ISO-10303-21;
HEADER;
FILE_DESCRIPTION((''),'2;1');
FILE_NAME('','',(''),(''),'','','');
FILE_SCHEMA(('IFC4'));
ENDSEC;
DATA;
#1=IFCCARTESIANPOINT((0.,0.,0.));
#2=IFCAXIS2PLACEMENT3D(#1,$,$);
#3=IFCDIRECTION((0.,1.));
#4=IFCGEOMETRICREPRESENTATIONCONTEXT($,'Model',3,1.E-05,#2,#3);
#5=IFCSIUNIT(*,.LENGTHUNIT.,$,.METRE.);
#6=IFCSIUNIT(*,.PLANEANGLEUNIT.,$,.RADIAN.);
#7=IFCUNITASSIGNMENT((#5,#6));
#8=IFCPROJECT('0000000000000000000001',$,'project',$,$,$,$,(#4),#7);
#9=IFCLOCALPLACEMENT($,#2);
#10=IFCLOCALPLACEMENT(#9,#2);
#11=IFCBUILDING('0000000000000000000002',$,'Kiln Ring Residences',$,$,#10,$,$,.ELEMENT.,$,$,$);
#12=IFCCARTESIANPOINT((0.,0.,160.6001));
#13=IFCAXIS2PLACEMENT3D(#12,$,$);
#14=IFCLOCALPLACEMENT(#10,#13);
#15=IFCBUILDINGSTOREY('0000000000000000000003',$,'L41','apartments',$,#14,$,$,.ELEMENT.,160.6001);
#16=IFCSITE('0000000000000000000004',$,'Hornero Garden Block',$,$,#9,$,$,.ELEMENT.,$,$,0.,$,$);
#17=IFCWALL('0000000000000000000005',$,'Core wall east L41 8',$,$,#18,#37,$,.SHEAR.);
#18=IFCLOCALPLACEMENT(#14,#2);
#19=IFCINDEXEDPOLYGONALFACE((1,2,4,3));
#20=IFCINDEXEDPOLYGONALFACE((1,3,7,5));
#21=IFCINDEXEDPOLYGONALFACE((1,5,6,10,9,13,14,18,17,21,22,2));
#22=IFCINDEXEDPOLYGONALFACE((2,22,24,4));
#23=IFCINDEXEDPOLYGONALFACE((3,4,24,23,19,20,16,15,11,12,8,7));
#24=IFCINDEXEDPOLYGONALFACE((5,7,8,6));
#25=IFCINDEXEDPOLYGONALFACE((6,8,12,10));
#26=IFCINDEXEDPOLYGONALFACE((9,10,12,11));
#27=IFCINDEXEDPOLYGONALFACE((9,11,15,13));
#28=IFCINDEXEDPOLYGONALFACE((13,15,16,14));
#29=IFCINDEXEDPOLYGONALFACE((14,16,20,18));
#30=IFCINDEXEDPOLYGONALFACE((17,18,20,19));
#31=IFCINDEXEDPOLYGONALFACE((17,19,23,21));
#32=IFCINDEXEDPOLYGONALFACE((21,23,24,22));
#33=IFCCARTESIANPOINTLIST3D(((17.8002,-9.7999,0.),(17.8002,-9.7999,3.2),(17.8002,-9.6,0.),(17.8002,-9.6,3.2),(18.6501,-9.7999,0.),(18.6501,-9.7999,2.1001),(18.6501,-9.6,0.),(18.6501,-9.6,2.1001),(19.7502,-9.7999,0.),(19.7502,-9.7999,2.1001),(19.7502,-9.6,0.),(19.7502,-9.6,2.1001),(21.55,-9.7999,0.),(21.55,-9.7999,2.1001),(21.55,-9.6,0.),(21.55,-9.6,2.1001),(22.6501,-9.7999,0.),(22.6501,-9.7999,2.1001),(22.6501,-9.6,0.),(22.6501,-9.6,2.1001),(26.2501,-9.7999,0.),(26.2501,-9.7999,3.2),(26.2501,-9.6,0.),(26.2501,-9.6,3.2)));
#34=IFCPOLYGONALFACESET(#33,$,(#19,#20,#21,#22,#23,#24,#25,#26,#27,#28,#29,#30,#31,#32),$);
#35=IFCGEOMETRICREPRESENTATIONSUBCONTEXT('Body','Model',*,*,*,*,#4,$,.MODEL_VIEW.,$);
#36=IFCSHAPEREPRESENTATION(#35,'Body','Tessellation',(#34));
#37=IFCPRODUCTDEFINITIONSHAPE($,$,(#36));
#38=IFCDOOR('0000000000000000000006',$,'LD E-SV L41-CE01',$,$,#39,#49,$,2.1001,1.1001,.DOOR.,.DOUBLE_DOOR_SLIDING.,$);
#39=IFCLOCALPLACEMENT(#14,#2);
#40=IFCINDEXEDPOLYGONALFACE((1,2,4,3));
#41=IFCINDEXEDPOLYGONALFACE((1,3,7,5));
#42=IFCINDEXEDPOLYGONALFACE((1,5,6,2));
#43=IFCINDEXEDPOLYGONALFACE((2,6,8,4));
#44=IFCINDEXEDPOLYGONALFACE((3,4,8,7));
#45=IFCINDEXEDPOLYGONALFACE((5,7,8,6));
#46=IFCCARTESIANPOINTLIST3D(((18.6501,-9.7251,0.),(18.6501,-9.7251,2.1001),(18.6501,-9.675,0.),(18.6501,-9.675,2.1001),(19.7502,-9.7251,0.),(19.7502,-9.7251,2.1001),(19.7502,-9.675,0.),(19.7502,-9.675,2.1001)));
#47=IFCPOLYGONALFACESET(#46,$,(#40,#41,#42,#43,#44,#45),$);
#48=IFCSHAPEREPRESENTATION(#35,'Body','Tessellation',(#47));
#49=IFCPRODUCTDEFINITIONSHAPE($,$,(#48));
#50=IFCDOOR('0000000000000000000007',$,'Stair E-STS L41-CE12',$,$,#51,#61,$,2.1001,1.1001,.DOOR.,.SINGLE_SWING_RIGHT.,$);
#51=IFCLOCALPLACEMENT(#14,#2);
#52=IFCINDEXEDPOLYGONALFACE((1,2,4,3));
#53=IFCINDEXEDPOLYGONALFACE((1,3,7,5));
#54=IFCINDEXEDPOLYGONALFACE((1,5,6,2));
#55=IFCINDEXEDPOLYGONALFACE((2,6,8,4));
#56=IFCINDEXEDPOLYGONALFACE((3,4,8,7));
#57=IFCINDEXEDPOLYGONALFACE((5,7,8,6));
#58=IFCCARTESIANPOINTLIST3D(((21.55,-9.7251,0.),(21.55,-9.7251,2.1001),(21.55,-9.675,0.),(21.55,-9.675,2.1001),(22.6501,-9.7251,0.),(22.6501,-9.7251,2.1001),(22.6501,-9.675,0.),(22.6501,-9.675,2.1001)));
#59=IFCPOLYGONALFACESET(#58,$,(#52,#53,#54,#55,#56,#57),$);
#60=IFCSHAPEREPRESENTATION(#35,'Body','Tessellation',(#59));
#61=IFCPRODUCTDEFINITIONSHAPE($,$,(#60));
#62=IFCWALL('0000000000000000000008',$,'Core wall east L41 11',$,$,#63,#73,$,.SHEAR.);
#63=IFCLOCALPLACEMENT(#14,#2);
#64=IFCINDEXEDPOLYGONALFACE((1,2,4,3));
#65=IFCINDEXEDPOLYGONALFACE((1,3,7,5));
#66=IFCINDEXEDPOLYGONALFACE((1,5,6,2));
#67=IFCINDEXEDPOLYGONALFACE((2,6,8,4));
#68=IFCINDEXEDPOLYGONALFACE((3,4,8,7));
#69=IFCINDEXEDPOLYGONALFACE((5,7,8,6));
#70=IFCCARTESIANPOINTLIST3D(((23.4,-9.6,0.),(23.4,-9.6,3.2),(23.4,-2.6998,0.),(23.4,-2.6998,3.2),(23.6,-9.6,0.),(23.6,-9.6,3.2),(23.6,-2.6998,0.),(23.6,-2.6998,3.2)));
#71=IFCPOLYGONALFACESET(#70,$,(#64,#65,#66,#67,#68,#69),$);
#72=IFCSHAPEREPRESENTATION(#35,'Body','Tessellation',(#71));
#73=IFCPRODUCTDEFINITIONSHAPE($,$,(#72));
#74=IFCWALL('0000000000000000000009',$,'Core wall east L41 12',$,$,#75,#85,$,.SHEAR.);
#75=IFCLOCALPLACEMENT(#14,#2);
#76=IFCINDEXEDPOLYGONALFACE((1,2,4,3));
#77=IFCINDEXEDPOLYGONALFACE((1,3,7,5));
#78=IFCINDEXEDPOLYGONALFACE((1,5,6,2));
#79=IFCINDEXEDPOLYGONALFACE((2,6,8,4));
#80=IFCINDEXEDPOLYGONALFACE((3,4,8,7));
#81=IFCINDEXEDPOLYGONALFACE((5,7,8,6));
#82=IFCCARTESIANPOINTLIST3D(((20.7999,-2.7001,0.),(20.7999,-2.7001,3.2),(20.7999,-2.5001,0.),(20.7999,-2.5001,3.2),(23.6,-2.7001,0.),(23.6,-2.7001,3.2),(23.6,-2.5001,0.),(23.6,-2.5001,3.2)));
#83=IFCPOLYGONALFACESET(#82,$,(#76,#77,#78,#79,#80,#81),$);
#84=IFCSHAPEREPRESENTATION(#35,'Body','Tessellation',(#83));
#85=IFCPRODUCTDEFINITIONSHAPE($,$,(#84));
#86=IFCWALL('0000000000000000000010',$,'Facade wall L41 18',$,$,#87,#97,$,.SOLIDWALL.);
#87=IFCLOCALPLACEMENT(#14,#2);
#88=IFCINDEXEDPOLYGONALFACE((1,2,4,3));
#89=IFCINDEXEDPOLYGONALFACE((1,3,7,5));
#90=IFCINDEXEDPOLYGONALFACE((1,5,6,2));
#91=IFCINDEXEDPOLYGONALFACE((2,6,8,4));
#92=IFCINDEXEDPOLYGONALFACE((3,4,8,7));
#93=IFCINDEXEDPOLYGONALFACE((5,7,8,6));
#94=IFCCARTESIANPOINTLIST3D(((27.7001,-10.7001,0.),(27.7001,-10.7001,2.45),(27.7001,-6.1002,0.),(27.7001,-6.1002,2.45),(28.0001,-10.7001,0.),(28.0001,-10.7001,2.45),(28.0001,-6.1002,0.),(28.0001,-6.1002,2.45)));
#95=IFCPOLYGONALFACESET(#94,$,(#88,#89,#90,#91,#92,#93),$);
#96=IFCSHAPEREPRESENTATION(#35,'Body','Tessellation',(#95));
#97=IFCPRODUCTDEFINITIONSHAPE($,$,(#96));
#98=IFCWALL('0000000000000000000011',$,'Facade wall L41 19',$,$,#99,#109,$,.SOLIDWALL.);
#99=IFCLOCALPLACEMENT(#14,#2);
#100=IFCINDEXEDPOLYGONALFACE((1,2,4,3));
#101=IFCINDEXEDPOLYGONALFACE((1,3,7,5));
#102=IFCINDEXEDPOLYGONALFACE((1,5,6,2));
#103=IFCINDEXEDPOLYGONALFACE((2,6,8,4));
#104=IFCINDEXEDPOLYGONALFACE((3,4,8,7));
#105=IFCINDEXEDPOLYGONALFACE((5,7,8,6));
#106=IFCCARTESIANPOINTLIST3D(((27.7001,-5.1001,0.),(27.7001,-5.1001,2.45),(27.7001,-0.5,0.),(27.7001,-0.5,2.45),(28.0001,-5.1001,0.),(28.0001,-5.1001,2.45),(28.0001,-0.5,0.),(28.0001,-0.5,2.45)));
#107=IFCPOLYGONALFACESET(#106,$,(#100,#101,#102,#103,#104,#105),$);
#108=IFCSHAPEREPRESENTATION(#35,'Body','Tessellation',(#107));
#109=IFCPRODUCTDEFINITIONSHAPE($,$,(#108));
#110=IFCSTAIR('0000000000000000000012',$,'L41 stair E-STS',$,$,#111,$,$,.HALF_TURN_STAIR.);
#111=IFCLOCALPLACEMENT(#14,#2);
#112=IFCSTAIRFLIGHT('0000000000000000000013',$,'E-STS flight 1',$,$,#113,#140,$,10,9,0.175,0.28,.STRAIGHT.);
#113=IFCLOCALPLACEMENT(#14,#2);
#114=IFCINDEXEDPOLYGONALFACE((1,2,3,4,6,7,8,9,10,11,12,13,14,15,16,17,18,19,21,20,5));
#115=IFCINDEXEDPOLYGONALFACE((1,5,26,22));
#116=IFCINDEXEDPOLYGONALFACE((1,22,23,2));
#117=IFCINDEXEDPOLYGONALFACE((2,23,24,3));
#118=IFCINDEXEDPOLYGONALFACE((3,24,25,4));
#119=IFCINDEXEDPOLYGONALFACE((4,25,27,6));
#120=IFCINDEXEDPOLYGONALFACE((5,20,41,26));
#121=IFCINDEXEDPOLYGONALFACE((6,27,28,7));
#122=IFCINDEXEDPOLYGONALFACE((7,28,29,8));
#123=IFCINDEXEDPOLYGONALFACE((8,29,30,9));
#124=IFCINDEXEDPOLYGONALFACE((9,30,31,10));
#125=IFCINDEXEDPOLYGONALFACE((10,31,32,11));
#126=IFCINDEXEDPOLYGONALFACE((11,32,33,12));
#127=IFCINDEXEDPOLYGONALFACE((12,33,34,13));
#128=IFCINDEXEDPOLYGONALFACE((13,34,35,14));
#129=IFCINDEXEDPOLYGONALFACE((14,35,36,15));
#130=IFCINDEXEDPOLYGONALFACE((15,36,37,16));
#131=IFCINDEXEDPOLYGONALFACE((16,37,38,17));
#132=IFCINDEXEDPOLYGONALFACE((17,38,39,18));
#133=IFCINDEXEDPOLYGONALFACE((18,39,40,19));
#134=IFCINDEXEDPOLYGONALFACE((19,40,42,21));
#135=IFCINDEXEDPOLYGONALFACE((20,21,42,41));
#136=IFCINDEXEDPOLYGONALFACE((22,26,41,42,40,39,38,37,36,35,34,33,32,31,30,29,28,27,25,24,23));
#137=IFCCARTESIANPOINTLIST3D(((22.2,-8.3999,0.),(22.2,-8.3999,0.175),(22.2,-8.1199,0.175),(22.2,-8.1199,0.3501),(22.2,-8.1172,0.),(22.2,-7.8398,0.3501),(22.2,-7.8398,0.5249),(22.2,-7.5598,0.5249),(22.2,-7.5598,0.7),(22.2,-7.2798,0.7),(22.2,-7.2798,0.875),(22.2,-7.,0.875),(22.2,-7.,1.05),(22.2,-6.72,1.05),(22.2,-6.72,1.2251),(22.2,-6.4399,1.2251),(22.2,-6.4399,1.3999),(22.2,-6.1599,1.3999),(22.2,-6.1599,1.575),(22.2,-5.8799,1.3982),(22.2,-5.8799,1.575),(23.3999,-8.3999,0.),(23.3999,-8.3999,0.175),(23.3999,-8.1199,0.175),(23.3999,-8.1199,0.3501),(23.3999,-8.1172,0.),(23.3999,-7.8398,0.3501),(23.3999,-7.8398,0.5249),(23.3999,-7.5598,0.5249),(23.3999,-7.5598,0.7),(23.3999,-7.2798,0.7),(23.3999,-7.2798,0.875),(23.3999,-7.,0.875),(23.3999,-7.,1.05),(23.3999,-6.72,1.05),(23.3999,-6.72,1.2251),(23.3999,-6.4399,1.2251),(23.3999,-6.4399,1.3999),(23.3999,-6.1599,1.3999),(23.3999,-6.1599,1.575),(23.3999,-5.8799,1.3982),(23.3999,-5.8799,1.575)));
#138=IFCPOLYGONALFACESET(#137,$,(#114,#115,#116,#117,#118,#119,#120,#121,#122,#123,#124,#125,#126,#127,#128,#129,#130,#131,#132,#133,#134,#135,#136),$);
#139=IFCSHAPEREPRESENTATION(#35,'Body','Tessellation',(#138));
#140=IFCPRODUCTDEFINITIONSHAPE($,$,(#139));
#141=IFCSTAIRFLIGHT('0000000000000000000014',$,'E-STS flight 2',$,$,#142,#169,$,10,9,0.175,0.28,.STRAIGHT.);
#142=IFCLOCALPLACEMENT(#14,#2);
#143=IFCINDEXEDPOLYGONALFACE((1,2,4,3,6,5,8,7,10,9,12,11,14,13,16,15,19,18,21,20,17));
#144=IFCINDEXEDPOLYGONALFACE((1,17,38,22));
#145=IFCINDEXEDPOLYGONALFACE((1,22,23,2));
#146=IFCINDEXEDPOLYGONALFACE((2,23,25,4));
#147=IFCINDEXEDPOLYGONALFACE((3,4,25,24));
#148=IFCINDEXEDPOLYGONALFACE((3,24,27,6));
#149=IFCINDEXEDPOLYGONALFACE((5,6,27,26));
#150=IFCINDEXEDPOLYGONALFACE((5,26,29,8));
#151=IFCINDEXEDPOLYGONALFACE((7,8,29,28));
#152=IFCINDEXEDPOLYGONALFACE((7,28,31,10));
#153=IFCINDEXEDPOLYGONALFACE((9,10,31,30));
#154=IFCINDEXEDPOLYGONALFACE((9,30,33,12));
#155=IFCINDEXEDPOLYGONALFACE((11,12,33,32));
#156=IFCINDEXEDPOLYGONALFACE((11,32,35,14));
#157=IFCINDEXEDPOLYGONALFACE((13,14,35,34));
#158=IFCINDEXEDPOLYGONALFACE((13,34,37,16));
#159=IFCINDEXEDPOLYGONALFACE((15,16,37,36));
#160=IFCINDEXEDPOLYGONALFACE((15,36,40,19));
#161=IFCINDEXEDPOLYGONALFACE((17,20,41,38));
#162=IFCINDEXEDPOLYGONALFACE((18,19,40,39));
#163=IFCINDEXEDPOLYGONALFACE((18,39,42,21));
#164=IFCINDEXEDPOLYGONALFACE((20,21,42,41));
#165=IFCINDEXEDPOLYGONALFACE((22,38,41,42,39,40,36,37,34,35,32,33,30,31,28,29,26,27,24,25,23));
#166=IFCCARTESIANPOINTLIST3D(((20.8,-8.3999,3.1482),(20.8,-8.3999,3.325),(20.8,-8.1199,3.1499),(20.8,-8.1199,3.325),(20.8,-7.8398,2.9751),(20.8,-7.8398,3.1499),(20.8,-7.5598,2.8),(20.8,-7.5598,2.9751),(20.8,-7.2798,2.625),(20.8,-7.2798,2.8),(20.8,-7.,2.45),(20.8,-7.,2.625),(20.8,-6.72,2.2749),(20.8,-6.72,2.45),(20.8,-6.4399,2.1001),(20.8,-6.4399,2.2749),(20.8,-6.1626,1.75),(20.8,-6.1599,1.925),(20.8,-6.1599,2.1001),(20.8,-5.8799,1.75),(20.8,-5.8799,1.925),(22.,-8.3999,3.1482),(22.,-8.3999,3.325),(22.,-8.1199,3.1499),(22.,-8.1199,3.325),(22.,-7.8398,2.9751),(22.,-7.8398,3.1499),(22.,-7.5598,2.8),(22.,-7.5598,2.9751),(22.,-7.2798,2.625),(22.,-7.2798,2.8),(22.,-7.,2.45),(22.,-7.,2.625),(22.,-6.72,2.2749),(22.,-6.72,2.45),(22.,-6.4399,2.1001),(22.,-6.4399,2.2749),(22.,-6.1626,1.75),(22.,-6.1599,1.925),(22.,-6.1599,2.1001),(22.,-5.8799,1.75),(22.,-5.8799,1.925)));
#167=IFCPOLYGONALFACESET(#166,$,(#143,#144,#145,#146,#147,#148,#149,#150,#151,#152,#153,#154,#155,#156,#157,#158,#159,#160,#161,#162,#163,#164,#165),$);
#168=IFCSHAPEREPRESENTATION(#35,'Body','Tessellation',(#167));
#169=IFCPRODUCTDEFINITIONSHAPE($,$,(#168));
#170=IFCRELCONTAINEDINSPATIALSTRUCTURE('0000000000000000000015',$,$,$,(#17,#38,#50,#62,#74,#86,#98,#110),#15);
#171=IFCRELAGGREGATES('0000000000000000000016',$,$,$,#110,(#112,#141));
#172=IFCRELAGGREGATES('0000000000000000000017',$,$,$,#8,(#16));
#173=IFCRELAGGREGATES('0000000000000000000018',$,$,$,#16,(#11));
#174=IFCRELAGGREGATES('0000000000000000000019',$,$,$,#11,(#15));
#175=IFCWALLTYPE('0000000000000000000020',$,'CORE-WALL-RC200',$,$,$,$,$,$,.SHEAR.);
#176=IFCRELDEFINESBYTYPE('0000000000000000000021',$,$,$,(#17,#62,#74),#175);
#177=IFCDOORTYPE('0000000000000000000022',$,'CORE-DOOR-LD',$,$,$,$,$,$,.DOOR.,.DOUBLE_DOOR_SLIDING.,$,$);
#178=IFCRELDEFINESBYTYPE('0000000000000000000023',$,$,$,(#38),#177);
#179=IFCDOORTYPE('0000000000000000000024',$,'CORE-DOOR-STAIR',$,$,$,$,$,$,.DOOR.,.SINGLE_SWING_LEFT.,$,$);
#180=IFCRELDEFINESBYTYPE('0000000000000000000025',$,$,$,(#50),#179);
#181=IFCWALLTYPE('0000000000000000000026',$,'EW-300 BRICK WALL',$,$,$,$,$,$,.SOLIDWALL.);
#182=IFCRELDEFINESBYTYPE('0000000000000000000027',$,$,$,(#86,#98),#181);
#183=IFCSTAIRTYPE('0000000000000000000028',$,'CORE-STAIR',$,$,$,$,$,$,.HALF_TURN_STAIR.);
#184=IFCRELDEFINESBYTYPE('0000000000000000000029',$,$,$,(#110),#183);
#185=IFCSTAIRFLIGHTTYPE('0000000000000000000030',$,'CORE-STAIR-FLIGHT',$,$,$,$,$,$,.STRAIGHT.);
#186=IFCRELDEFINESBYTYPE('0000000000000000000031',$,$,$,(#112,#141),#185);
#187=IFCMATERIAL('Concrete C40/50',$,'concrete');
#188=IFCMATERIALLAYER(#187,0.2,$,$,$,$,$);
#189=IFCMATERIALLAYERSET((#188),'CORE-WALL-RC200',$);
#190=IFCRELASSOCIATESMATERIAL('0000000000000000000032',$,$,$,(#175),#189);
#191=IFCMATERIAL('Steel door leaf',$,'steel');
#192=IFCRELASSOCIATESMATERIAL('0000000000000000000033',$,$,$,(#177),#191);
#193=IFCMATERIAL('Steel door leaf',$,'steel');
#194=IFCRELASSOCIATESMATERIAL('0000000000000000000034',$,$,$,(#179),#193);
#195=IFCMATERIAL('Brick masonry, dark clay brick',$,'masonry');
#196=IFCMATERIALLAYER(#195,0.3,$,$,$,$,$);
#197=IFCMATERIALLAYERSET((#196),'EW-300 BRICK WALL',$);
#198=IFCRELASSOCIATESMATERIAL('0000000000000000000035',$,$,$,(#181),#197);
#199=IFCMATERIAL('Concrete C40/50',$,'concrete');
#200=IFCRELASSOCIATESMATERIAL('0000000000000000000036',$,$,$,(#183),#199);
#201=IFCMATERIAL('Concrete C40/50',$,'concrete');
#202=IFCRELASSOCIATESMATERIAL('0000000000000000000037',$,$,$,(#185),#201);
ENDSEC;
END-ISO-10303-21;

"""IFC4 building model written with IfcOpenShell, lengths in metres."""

from ifc_helpers import new_model, si_unit, direction, frame, frame_2d, origin, place, context, subcontext, project, spatial, polyline, rectangle, outline, extrude, material, layer, layer_set, type_object, element, fill, aggregate, save


model = new_model("IFC4")

# Units and contexts
model_context = context("Model", 3, precision=1e-05, world=origin(), true_north=direction((0.0, 1.0)))
body_context = subcontext(model_context, "Body", "Model", "MODEL_VIEW")
ifc_project = project(units=[si_unit("LENGTHUNIT", "METRE"), si_unit("PLANEANGLEUNIT", "RADIAN")], contexts=[model_context])

# Site, building, storey
site_placement = place(None, origin())
site = spatial("IfcSite", under=ifc_project, at=site_placement, Name="Hornero Garden Block", CompositionType="ELEMENT", RefElevation=0.0)
building_placement = place(site_placement, origin())
building = spatial("IfcBuilding", under=site, at=building_placement, Name="Kiln Ring Residences", CompositionType="ELEMENT")
storey_placement = place(building_placement, frame((0.0, 0.0, 160.6001)))
storey = spatial("IfcBuildingStorey", under=building, at=storey_placement, Name="L41", Description="apartments", CompositionType="ELEMENT", Elevation=160.6001)

# Shared definitions
ifc_material_1 = material(Name="Concrete C40/50", Category="concrete")
ifc_layer_1 = layer(ifc_material_1, 0.2)
ifc_layer_set_1 = layer_set([ifc_layer_1], Name="CORE-WALL-RC200")
wall_type_1 = type_object("IfcWallType", Name="CORE-WALL-RC200", PredefinedType="SHEAR", material=ifc_layer_set_1)

# Wall, openings, doors
wall_1_placement = place(storey_placement, frame((17.8, -9.7, 0.0), z_axis=(0.0, 0.0, 1.0), x_axis=(1.0, 0.0, 0.0)))
wall_1 = element("IfcWall", 1, at=wall_1_placement, inside=storey, type_object=wall_type_1, Name="Core wall east L41 8", PredefinedType="SHEAR", context=body_context, shape_type="SweptSolid", body=[
    extrude(rectangle(XDim=8.45, YDim=0.2, at=frame_2d((4.2251, 0.0))), origin(), (0.0, 0.0, 1.0), 3.2),
])
opening_1_placement = place(wall_1_placement, frame((0.8501, 0.0, 0.0)))
opening_1 = element("IfcOpeningElement", 2, at=opening_1_placement, cuts=wall_1, PredefinedType="OPENING", context=body_context, shape_type="SweptSolid", body=[
    extrude(rectangle(XDim=1.1001, YDim=2.1001, at=frame_2d((0.55, 1.05))), frame((0.0, 0.1099, 0.0), z_axis=(0.0, -1.0, 0.0), x_axis=(1.0, 0.0, 0.0)), (0.0, 0.0, 1.0), 0.22),
])
opening_2_placement = place(wall_1_placement, frame((3.75, 0.0, 0.0)))
opening_2 = element("IfcOpeningElement", 3, at=opening_2_placement, cuts=wall_1, PredefinedType="OPENING", context=body_context, shape_type="SweptSolid", body=[
    extrude(rectangle(XDim=1.1001, YDim=2.1001, at=frame_2d((0.55, 1.05))), frame((0.0, 0.1099, 0.0), z_axis=(0.0, -1.0, 0.0), x_axis=(1.0, 0.0, 0.0)), (0.0, 0.0, 1.0), 0.22),
])
ifc_material_2 = material(Name="Steel door leaf", Category="steel")
door_type_1 = type_object("IfcDoorType", Name="CORE-DOOR-LD", OperationType="DOUBLE_DOOR_SLIDING", PredefinedType="DOOR", material=ifc_material_2)
door_1_placement = place(opening_1_placement, origin())
door_1 = element("IfcDoor", 4, at=door_1_placement, inside=storey, type_object=door_type_1, Name="LD E-SV L41-CE01", OperationType="DOUBLE_DOOR_SLIDING", OverallHeight=2.1001, OverallWidth=1.1001, PredefinedType="DOOR", context=body_context, shape_type="SweptSolid", body=[
    extrude(rectangle(XDim=1.1001, YDim=2.1001, at=frame_2d((0.55, 1.05))), frame((0.0, 0.0249, 0.0), z_axis=(0.0, -1.0, 0.0), x_axis=(1.0, 0.0, 0.0)), (0.0, 0.0, 1.0), 0.05),
])
fill(opening_1, door_1)
ifc_material_3 = material(Name="Steel door leaf", Category="steel")
door_type_2 = type_object("IfcDoorType", Name="CORE-DOOR-STAIR", OperationType="SINGLE_SWING_LEFT", PredefinedType="DOOR", material=ifc_material_3)
door_2_placement = place(opening_2_placement, origin())
door_2 = element("IfcDoor", 5, at=door_2_placement, inside=storey, type_object=door_type_2, Name="Stair E-STS L41-CE12", OperationType="SINGLE_SWING_RIGHT", OverallHeight=2.1001, OverallWidth=1.1001, PredefinedType="DOOR", context=body_context, shape_type="SweptSolid", body=[
    extrude(rectangle(XDim=1.1001, YDim=2.1001, at=frame_2d((0.55, 1.05))), frame((0.0, 0.0249, 0.0), z_axis=(0.0, -1.0, 0.0), x_axis=(1.0, 0.0, 0.0)), (0.0, 0.0, 1.0), 0.05),
])
fill(opening_2, door_2)

# Walls
wall_2_placement = place(storey_placement, frame((23.5, -9.6001, 0.0), z_axis=(0.0, 0.0, 1.0), x_axis=(0.0, 1.0, 0.0)))
element("IfcWall", 6, at=wall_2_placement, inside=storey, type_object=wall_type_1, Name="Core wall east L41 11", PredefinedType="SHEAR", context=body_context, shape_type="SweptSolid", body=[
    extrude(rectangle(XDim=6.9001, YDim=0.2, at=frame_2d((3.4502, 0.0))), origin(), (0.0, 0.0, 1.0), 3.2),
])
wall_3_placement = place(storey_placement, frame((20.8, -2.6001, 0.0), z_axis=(0.0, 0.0, 1.0), x_axis=(1.0, 0.0, 0.0)))
element("IfcWall", 7, at=wall_3_placement, inside=storey, type_object=wall_type_1, Name="Core wall east L41 12", PredefinedType="SHEAR", context=body_context, shape_type="SweptSolid", body=[
    extrude(rectangle(XDim=2.8, YDim=0.2, at=frame_2d((1.3999, 0.0))), origin(), (0.0, 0.0, 1.0), 3.2),
])
ifc_material_4 = material(Name="Brick masonry, dark clay brick", Category="masonry")
ifc_layer_2 = layer(ifc_material_4, 0.3)
ifc_layer_set_2 = layer_set([ifc_layer_2], Name="EW-300 BRICK WALL")
wall_type_2 = type_object("IfcWallType", Name="EW-300 BRICK WALL", PredefinedType="SOLIDWALL", material=ifc_layer_set_2)
wall_4_placement = place(storey_placement, frame((27.8501, -10.7, 0.0), z_axis=(0.0, 0.0, 1.0), x_axis=(0.0, 1.0, 0.0)))
element("IfcWall", 8, at=wall_4_placement, inside=storey, type_object=wall_type_2, Name="Facade wall L41 18", PredefinedType="SOLIDWALL", context=body_context, shape_type="SweptSolid", body=[
    extrude(rectangle(XDim=4.5999, YDim=0.3, at=frame_2d((2.2998, 0.0))), origin(), (0.0, 0.0, 1.0), 2.45),
])
wall_5_placement = place(storey_placement, frame((27.8501, -5.1001, 0.0), z_axis=(0.0, 0.0, 1.0), x_axis=(0.0, 1.0, 0.0)))
element("IfcWall", 9, at=wall_5_placement, inside=storey, type_object=wall_type_2, Name="Facade wall L41 19", PredefinedType="SOLIDWALL", context=body_context, shape_type="SweptSolid", body=[
    extrude(rectangle(XDim=4.6001, YDim=0.3, at=frame_2d((2.3, 0.0))), origin(), (0.0, 0.0, 1.0), 2.45),
])

# Stair, stair flights
ifc_material_5 = material(Name="Concrete C40/50", Category="concrete")
stair_type = type_object("IfcStairType", Name="CORE-STAIR", PredefinedType="HALF_TURN_STAIR", material=ifc_material_5)
stair_placement = place(storey_placement, origin())
stair = element("IfcStair", 10, at=stair_placement, inside=storey, type_object=stair_type, Name="L41 stair E-STS", PredefinedType="HALF_TURN_STAIR")
ifc_material_6 = material(Name="Concrete C40/50", Category="concrete")
stair_flight_type = type_object("IfcStairFlightType", Name="CORE-STAIR-FLIGHT", PredefinedType="STRAIGHT", material=ifc_material_6)
stair_flight_1_placement = place(storey_placement, frame((22.8, -8.3999, 0.0), z_axis=(0.0, 0.0, 1.0), x_axis=(0.0, 1.0, 0.0)))
stair_flight_1 = element("IfcStairFlight", 11, at=stair_flight_1_placement, type_object=stair_flight_type, Name="E-STS flight 1", NumberOfRisers=10, NumberOfTreads=9, PredefinedType="STRAIGHT", RiserHeight=0.175, TreadLength=0.28, context=body_context, shape_type="SweptSolid", body=[
    extrude(outline(polyline([(0.0, 0.0), (0.0, 0.175), (0.28, 0.175), (0.28, 0.3501), (0.5601, 0.3501), (0.5601, 0.5249), (0.8401, 0.5249), (0.8401, 0.7), (1.1201, 0.7), (1.1201, 0.875), (1.3999, 0.875), (1.3999, 1.05), (1.6799, 1.05), (1.6799, 1.2251), (1.96, 1.2251), (1.96, 1.3999), (2.24, 1.3999), (2.24, 1.575), (2.52, 1.575), (2.52, 1.75), (2.52, 1.3982), (0.2827, 0.0), (0.0, 0.0)])), frame((0.0, 0.6001, 0.0), z_axis=(0.0, -1.0, 0.0), x_axis=(1.0, 0.0, 0.0)), (0.0, 0.0, 1.0), 1.2),
])
stair_flight_2_placement = place(storey_placement, frame((21.3999, -5.8799, 1.75), z_axis=(0.0, 0.0, 1.0), x_axis=(0.0, -1.0, 0.0)))
stair_flight_2 = element("IfcStairFlight", 12, at=stair_flight_2_placement, type_object=stair_flight_type, Name="E-STS flight 2", NumberOfRisers=10, NumberOfTreads=9, PredefinedType="STRAIGHT", RiserHeight=0.175, TreadLength=0.28, context=body_context, shape_type="SweptSolid", body=[
    extrude(outline(polyline([(0.0, 0.0), (0.0, 0.175), (0.28, 0.175), (0.28, 0.3501), (0.5601, 0.3501), (0.5601, 0.5249), (0.8401, 0.5249), (0.8401, 0.7), (1.1201, 0.7), (1.1201, 0.875), (1.3999, 0.875), (1.3999, 1.05), (1.6799, 1.05), (1.6799, 1.2251), (1.96, 1.2251), (1.96, 1.3999), (2.24, 1.3999), (2.24, 1.575), (2.52, 1.575), (2.52, 1.75), (2.52, 1.3982), (0.2827, 0.0), (0.0, 0.0)])), frame((0.0, 0.6001, 0.0), z_axis=(0.0, -1.0, 0.0), x_axis=(1.0, 0.0, 0.0)), (0.0, 0.0, 1.0), 1.2),
])
aggregate(stair, [stair_flight_1, stair_flight_2])

save(model, "model.ifc")
